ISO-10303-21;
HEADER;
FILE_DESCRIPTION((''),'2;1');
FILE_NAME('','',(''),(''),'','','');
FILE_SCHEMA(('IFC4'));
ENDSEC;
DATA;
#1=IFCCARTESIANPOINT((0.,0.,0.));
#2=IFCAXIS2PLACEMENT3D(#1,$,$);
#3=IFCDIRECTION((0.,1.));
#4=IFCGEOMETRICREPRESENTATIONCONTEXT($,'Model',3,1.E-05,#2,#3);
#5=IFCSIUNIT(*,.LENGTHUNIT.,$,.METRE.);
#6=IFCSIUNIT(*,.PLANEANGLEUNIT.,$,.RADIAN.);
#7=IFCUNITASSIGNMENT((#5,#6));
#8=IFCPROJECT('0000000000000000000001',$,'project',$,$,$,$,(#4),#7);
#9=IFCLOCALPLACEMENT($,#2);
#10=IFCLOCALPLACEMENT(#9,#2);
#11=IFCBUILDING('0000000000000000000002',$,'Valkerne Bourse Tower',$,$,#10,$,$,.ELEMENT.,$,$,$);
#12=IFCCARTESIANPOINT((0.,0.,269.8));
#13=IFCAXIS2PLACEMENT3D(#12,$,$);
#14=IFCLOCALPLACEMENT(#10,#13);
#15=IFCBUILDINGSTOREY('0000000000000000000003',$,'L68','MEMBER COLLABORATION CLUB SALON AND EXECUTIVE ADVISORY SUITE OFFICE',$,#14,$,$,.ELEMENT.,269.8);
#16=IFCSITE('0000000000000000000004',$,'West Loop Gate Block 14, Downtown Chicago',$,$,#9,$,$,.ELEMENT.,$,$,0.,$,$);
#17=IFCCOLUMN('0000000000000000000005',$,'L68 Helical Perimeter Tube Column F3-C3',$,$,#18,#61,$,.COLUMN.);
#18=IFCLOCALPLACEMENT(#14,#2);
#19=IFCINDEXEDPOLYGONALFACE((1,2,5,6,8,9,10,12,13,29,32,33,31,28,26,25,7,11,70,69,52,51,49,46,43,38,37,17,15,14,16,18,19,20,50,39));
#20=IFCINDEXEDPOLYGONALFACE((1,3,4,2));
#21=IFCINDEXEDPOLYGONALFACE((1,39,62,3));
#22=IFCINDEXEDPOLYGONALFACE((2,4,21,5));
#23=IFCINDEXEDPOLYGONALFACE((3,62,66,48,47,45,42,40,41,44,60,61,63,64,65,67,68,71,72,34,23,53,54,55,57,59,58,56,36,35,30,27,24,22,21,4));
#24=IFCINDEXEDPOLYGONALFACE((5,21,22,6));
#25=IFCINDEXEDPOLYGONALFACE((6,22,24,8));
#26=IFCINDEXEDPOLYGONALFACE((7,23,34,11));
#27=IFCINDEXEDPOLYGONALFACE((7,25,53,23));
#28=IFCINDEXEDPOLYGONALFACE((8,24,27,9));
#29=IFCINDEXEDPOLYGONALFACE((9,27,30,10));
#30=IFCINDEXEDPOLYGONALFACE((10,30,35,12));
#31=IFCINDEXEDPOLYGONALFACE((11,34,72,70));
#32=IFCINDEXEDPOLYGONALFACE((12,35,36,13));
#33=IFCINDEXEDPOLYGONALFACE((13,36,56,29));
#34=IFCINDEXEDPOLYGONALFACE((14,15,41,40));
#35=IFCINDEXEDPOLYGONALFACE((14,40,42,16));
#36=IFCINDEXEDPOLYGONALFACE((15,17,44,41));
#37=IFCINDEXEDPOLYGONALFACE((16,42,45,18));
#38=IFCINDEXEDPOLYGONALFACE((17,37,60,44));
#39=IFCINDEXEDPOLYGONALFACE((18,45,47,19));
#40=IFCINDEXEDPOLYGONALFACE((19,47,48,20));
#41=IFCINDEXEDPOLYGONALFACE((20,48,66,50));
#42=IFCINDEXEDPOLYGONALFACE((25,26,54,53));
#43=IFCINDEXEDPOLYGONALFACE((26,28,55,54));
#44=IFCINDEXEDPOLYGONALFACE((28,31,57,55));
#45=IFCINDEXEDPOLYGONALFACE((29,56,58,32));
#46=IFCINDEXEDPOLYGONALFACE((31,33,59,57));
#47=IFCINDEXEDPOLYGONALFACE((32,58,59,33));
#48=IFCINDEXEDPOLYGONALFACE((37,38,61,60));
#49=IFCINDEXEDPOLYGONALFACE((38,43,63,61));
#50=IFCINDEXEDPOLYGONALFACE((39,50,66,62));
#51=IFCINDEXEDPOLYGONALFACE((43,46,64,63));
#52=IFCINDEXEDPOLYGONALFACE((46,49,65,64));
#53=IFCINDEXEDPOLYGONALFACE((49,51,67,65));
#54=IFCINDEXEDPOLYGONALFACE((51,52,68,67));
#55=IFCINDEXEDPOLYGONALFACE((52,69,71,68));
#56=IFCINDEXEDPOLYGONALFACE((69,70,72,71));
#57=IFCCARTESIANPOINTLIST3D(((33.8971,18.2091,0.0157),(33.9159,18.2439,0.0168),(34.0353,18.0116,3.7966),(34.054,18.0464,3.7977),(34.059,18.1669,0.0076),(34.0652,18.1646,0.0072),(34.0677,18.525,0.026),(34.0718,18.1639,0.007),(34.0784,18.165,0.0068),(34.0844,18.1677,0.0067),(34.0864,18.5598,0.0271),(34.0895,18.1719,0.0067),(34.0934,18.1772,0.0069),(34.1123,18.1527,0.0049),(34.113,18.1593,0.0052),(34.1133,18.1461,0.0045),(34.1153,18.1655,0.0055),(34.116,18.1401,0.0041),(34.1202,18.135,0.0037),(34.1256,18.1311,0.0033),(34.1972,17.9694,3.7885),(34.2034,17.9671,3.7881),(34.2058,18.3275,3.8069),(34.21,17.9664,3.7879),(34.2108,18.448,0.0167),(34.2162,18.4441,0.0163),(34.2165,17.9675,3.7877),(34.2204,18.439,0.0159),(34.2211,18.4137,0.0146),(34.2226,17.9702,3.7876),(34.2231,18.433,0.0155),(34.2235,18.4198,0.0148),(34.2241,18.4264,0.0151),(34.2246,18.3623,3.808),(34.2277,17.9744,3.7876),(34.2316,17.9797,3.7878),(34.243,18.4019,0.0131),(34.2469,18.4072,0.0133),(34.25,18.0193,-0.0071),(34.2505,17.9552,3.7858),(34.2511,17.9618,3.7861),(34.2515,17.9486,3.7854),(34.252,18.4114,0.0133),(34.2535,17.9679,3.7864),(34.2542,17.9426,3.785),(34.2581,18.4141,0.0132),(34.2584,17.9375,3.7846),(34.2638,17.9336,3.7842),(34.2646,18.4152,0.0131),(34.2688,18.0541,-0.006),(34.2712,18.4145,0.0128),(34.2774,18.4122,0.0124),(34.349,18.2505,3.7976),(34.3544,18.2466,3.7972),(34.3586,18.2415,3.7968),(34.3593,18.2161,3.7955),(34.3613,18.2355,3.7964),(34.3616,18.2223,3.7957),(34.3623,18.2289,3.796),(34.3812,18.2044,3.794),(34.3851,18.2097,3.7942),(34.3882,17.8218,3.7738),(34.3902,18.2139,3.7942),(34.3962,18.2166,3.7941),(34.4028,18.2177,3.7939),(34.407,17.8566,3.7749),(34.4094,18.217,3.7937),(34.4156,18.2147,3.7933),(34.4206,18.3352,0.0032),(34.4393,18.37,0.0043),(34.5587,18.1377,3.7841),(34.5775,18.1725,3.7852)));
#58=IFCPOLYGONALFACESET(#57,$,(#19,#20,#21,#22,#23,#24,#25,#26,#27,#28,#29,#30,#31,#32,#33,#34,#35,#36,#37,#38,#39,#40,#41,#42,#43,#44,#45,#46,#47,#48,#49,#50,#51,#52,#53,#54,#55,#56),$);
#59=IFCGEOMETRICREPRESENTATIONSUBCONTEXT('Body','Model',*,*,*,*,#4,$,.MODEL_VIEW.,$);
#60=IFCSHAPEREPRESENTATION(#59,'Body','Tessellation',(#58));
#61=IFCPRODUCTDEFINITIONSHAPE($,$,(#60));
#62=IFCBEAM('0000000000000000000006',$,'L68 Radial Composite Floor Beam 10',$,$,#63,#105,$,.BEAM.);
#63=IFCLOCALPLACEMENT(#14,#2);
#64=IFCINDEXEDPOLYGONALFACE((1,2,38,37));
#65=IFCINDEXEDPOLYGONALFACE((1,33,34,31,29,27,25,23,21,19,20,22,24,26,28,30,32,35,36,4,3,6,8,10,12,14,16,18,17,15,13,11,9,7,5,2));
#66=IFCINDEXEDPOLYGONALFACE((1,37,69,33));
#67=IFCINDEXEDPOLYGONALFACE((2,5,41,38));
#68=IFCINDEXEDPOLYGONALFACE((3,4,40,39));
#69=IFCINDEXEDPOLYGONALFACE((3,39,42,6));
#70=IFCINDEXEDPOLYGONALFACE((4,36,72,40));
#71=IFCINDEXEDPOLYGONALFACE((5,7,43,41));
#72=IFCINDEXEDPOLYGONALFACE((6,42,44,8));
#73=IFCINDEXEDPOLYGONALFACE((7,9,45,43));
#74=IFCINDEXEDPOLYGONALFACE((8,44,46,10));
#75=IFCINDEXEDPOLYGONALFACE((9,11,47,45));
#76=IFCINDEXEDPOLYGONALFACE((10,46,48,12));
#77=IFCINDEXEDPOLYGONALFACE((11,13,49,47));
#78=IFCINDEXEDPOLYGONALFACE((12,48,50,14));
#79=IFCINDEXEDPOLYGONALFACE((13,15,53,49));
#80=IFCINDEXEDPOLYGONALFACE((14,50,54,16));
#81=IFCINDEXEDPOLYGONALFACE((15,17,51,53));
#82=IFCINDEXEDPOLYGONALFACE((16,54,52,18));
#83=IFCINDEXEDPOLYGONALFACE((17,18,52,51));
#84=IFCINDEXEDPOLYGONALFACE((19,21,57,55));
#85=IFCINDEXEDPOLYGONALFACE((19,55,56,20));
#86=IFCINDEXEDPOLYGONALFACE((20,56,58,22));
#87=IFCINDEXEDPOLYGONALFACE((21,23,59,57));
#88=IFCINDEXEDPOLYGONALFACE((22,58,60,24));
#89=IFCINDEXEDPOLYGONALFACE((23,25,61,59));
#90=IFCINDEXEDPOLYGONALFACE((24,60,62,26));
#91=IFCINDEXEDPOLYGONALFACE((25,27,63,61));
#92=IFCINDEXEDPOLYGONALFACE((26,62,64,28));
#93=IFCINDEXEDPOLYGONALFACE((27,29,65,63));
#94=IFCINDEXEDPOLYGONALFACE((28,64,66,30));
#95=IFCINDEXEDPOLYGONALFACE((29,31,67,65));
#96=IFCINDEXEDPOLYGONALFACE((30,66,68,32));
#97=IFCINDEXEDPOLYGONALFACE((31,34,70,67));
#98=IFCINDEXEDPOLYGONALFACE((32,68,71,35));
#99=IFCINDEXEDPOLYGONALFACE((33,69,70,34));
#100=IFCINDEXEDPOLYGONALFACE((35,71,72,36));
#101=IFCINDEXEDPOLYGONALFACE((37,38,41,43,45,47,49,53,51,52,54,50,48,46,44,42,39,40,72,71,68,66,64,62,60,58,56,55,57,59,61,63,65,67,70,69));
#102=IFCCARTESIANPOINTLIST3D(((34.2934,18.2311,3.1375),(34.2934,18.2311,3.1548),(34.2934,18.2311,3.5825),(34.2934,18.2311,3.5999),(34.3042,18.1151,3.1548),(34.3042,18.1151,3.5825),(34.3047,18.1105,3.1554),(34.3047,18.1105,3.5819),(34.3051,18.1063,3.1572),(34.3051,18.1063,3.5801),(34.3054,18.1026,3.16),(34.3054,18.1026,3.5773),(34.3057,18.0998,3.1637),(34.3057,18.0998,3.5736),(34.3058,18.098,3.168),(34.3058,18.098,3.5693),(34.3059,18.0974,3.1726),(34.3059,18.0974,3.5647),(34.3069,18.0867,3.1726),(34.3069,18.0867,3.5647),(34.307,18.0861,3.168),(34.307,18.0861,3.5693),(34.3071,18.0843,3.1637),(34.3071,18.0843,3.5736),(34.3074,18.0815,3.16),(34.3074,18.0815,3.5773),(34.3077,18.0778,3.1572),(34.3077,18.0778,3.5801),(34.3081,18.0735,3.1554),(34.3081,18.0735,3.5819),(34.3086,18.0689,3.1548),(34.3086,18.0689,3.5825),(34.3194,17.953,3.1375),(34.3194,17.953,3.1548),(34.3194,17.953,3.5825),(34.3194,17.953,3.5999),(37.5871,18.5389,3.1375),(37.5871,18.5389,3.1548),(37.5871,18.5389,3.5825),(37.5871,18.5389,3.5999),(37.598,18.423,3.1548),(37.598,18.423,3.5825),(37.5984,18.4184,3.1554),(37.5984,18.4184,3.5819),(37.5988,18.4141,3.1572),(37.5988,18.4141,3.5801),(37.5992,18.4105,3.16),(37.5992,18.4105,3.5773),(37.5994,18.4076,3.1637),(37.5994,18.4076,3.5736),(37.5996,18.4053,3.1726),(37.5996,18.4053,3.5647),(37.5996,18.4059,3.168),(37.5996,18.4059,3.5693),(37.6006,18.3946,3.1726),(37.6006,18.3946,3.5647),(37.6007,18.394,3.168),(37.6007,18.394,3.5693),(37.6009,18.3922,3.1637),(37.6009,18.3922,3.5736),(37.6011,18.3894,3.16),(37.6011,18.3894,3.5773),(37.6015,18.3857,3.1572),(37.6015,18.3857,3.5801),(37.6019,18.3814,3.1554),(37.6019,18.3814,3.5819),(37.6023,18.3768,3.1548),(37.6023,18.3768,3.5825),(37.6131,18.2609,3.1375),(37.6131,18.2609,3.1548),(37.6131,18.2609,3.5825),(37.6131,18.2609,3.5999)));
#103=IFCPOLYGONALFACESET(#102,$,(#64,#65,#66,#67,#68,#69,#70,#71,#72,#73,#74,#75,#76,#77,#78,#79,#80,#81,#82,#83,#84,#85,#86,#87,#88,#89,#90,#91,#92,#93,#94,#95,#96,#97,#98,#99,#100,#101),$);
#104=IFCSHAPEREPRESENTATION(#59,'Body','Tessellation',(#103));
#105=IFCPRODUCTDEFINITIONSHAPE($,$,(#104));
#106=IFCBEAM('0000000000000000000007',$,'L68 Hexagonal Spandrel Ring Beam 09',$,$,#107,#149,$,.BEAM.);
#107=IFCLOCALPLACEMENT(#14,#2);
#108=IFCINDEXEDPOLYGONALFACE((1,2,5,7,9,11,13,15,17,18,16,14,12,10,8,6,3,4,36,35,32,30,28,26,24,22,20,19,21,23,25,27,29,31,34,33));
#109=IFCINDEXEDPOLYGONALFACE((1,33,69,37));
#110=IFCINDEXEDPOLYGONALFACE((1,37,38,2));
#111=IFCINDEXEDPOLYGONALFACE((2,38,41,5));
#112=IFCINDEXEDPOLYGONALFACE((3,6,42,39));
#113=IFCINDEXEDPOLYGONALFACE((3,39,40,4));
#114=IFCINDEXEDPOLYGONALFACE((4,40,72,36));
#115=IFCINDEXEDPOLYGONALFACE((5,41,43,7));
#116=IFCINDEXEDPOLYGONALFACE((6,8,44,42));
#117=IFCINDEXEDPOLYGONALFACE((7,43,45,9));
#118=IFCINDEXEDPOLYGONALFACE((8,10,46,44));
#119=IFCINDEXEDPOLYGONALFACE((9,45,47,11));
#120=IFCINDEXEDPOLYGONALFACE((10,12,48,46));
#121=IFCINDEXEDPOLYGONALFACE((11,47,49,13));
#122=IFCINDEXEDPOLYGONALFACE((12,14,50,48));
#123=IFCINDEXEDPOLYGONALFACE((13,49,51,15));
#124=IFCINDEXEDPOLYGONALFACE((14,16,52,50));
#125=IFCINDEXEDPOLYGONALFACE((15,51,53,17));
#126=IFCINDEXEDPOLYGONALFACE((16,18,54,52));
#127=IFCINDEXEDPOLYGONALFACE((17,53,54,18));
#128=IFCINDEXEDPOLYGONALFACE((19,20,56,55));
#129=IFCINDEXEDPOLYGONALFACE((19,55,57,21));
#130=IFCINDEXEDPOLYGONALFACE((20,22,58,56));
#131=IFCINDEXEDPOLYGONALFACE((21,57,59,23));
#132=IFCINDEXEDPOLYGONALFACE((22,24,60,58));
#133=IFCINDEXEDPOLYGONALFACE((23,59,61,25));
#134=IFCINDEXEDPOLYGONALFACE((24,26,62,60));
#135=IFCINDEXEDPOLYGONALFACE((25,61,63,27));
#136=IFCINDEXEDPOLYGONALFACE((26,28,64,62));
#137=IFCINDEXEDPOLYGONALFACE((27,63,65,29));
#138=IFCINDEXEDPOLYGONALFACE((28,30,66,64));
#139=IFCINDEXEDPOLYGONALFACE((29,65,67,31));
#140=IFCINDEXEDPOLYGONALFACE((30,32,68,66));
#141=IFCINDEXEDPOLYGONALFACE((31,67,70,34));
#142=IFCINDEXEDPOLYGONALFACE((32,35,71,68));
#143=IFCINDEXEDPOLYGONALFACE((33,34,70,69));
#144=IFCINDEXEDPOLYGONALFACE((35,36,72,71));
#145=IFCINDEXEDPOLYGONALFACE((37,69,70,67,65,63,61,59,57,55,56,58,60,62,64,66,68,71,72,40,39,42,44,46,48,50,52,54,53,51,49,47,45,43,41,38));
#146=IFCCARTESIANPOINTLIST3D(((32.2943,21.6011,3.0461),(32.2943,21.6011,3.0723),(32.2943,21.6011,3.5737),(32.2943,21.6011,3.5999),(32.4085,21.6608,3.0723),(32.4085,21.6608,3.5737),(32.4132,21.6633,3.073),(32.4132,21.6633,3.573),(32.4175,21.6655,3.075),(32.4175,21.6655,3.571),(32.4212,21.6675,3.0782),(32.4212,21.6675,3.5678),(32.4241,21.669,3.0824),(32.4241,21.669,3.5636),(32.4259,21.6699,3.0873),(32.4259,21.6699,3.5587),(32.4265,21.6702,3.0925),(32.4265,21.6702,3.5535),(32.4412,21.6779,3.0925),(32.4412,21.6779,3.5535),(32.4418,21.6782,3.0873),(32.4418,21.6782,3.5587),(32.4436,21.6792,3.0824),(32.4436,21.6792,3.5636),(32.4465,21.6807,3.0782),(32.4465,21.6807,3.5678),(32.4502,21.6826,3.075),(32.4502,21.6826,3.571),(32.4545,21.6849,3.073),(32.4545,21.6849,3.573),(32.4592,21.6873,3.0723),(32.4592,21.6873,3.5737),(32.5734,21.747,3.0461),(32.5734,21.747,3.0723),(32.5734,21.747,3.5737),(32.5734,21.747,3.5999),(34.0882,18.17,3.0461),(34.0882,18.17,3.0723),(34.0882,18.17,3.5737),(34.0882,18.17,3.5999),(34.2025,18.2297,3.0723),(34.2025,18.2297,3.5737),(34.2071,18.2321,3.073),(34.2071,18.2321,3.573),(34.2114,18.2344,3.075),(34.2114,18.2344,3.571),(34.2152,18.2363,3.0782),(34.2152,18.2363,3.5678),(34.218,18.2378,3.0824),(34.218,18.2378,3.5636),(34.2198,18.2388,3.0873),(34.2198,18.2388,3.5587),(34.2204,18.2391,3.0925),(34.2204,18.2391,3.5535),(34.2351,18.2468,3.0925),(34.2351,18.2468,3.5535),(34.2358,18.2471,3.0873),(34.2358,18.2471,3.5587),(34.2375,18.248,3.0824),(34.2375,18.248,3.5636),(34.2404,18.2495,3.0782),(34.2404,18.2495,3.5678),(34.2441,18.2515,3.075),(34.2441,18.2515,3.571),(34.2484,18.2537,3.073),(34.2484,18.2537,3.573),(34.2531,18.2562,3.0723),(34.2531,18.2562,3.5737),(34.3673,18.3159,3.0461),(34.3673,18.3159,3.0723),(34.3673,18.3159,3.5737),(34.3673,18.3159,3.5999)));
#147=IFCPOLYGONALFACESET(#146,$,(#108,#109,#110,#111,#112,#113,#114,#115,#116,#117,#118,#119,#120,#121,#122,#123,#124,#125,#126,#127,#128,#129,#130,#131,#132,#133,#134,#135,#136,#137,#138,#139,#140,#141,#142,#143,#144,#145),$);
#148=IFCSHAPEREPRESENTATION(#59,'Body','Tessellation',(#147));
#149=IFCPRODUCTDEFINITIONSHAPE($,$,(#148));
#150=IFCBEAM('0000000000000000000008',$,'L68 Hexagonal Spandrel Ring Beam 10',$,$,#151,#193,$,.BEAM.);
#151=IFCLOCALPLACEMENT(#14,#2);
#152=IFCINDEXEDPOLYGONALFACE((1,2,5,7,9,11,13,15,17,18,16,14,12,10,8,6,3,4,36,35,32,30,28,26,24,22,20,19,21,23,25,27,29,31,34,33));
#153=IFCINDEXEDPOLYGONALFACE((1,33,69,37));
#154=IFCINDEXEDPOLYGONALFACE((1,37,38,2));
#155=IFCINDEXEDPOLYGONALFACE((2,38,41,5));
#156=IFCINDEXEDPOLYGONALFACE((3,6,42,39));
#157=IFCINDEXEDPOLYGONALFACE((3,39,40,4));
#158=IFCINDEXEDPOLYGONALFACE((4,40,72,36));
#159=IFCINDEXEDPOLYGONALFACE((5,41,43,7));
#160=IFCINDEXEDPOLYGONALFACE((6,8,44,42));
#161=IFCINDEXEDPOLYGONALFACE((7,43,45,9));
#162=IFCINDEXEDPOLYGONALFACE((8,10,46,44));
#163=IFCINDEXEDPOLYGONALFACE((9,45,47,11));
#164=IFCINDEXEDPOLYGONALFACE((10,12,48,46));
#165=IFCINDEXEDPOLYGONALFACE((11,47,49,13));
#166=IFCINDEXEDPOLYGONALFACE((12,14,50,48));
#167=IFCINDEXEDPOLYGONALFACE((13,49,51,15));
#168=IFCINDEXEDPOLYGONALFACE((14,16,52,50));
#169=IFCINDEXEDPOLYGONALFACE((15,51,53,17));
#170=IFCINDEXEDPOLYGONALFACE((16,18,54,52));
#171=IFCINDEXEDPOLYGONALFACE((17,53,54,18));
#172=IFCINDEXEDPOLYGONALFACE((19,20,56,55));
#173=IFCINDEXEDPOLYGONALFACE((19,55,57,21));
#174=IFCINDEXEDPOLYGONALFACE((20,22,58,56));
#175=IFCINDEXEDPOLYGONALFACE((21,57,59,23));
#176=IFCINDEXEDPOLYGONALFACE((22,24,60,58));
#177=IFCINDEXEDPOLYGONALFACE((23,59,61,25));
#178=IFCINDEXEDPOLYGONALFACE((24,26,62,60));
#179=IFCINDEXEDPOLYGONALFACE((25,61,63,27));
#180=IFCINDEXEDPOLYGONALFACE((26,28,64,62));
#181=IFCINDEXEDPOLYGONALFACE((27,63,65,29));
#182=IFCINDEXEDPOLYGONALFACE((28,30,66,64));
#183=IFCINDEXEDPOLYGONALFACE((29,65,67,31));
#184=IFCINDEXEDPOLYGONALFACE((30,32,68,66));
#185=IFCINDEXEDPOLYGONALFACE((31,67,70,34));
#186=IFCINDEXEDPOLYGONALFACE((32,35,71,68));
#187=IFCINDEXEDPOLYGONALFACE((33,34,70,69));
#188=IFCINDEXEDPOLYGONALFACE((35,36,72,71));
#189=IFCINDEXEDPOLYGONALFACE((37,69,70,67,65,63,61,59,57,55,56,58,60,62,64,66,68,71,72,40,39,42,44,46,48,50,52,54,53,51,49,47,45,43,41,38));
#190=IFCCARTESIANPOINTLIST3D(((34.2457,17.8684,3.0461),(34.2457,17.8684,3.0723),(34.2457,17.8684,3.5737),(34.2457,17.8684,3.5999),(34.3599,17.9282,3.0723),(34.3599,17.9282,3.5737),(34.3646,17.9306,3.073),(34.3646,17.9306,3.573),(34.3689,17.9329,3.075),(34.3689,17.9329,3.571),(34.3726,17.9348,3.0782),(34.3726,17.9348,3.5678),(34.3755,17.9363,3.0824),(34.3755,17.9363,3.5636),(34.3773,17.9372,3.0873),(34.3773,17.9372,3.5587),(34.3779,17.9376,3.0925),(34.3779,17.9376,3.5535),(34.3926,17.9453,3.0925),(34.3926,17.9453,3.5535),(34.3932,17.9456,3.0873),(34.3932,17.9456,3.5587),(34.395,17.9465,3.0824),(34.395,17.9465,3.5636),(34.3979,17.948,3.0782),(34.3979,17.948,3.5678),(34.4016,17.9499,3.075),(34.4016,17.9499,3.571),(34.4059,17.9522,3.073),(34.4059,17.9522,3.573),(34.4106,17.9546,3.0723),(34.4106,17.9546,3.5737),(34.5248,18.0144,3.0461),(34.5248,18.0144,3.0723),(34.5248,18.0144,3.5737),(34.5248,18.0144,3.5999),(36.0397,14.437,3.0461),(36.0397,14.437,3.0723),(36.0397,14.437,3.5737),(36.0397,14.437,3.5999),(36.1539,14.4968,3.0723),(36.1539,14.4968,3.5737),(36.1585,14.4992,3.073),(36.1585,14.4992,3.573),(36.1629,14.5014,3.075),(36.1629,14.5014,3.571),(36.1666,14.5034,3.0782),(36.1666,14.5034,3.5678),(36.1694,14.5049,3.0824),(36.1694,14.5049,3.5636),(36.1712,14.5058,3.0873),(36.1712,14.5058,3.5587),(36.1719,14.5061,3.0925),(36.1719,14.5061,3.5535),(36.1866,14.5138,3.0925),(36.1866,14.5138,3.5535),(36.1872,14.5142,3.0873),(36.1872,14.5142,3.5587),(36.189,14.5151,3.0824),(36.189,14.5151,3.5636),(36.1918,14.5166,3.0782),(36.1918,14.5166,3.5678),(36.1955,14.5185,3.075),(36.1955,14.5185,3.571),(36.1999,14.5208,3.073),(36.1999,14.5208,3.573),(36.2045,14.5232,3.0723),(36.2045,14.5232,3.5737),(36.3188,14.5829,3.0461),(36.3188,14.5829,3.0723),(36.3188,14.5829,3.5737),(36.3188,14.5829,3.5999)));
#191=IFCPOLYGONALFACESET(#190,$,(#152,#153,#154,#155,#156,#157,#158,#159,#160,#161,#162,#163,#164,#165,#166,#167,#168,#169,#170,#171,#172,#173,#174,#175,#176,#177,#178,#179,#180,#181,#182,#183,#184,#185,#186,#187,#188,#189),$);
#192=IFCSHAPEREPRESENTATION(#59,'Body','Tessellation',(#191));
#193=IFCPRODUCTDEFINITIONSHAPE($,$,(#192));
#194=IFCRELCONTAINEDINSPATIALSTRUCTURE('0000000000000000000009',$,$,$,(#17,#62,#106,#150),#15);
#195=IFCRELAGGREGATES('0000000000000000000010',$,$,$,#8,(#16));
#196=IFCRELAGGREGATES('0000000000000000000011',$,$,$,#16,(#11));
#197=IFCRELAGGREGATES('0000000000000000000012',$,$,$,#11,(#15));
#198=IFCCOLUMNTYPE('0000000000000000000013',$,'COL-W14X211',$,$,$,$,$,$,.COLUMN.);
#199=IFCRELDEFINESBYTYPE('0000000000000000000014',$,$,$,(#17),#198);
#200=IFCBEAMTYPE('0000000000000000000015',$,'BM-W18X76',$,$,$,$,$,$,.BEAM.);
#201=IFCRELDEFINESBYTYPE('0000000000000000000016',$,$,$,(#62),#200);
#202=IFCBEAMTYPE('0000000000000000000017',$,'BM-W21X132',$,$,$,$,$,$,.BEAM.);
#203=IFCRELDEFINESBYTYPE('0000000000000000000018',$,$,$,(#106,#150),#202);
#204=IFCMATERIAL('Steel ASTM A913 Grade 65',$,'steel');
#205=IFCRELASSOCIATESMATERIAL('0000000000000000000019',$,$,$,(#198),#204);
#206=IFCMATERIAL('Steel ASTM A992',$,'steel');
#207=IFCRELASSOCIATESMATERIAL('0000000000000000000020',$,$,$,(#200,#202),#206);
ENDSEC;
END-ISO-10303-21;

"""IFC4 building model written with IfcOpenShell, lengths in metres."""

from ifc_helpers import new_model, si_unit, direction, frame, origin, origin_2d, place, context, subcontext, project, spatial, i_section, extrude, material, material_profile, profile_set, type_object, element, save


model = new_model("IFC4")

# Units and contexts
model_context = context("Model", 3, precision=1e-05, world=origin(), true_north=direction((0.0, 1.0)))
body_context = subcontext(model_context, "Body", "Model", "MODEL_VIEW")
ifc_project = project(units=[si_unit("LENGTHUNIT", "METRE"), si_unit("PLANEANGLEUNIT", "RADIAN")], contexts=[model_context])

# Site, building, storey
site_placement = place(None, origin())
site = spatial("IfcSite", under=ifc_project, at=site_placement, Name="West Loop Gate Block 14, Downtown Chicago", CompositionType="ELEMENT", RefElevation=0.0)
building_placement = place(site_placement, origin())
building = spatial("IfcBuilding", under=site, at=building_placement, Name="Valkerne Bourse Tower", CompositionType="ELEMENT")
storey_placement = place(building_placement, frame((0.0, 0.0, 269.8)))
storey = spatial("IfcBuildingStorey", under=building, at=storey_placement, Name="L68", Description="MEMBER COLLABORATION CLUB SALON AND EXECUTIVE ADVISORY SUITE OFFICE", CompositionType="ELEMENT", Elevation=269.8)

# Column
ifc_material_1 = material(Name="Steel ASTM A913 Grade 65", Category="steel")
ifc_material_profile_1 = material_profile(ifc_material_1, i_section(OverallWidth=0.4014, OverallDepth=0.3987, WebThickness=0.0249, FlangeThickness=0.0396, FilletRadius=0.0254, at=origin_2d()), Name="W14X211")
ifc_profile_set_1 = profile_set([ifc_material_profile_1], Name="Steel ASTM A913 Grade 65")
column_type = type_object("IfcColumnType", Name="COL-W14X211", PredefinedType="COLUMN", material=ifc_profile_set_1)
column_placement = place(storey_placement, frame((34.1682, 18.2896, 0.01), z_axis=(0.036473, -0.052132, 0.997974), x_axis=(0.879256, -0.472947, -0.056839)))
element("IfcColumn", 1, at=column_placement, inside=storey, type_object=column_type, Name="L68 Helical Perimeter Tube Column F3-C3", PredefinedType="COLUMN", context=body_context, shape_type="SweptSolid", body=[
    extrude(i_section(OverallWidth=0.4014, OverallDepth=0.3987, WebThickness=0.0249, FlangeThickness=0.0396, FilletRadius=0.0254, at=origin_2d()), origin(), (0.0, 0.0, 1.0), 3.7886),
])

# Beams
ifc_material_2 = material(Name="Steel ASTM A992", Category="steel")
ifc_material_profile_2 = material_profile(ifc_material_2, i_section(OverallWidth=0.2793, OverallDepth=0.4624, WebThickness=0.0107, FlangeThickness=0.0173, FilletRadius=0.0178, at=origin_2d()), Name="W18X76")
ifc_profile_set_2 = profile_set([ifc_material_profile_2], Name="Steel ASTM A992")
beam_type_1 = type_object("IfcBeamType", Name="BM-W18X76", PredefinedType="BEAM", material=ifc_profile_set_2)
beam_1_placement = place(storey_placement, frame((34.3064, 18.092, 3.3687), z_axis=(0.99566, 0.093064, 0.0), x_axis=(-0.093064, 0.99566, 0.0)))
element("IfcBeam", 2, at=beam_1_placement, inside=storey, type_object=beam_type_1, Name="L68 Radial Composite Floor Beam 10", PredefinedType="BEAM", context=body_context, shape_type="SweptSolid", body=[
    extrude(i_section(OverallWidth=0.2793, OverallDepth=0.4624, WebThickness=0.0107, FlangeThickness=0.0173, FilletRadius=0.0178, at=origin_2d()), origin(), (0.0, 0.0, 1.0), 3.3081),
])
ifc_material_profile_3 = material_profile(ifc_material_2, i_section(OverallWidth=0.3149, OverallDepth=0.5537, WebThickness=0.0166, FlangeThickness=0.0261, FilletRadius=0.0203, at=origin_2d()), Name="W21X132")
ifc_profile_set_3 = profile_set([ifc_material_profile_3], Name="Steel ASTM A992")
beam_type_2 = type_object("IfcBeamType", Name="BM-W21X132", PredefinedType="BEAM", material=ifc_profile_set_3)
beam_2_placement = place(storey_placement, frame((32.4338, 21.6741, 3.323), z_axis=(0.463333, -0.886184, 0.0), x_axis=(0.886184, 0.463333, 0.0)))
element("IfcBeam", 3, at=beam_2_placement, inside=storey, type_object=beam_type_2, Name="L68 Hexagonal Spandrel Ring Beam 09", PredefinedType="BEAM", context=body_context, shape_type="SweptSolid", body=[
    extrude(i_section(OverallWidth=0.3149, OverallDepth=0.5537, WebThickness=0.0166, FlangeThickness=0.0261, FilletRadius=0.0203, at=origin_2d()), origin(), (0.0, 0.0, 1.0), 3.8718),
])
beam_3_placement = place(storey_placement, frame((34.3853, 17.9414, 3.323), z_axis=(0.463307, -0.886198, 0.0), x_axis=(0.886198, 0.463307, 0.0)))
element("IfcBeam", 4, at=beam_3_placement, inside=storey, type_object=beam_type_2, Name="L68 Hexagonal Spandrel Ring Beam 10", PredefinedType="BEAM", context=body_context, shape_type="SweptSolid", body=[
    extrude(i_section(OverallWidth=0.3149, OverallDepth=0.5537, WebThickness=0.0166, FlangeThickness=0.0261, FilletRadius=0.0203, at=origin_2d()), origin(), (0.0, 0.0, 1.0), 3.8721),
])

save(model, "model.ifc")
